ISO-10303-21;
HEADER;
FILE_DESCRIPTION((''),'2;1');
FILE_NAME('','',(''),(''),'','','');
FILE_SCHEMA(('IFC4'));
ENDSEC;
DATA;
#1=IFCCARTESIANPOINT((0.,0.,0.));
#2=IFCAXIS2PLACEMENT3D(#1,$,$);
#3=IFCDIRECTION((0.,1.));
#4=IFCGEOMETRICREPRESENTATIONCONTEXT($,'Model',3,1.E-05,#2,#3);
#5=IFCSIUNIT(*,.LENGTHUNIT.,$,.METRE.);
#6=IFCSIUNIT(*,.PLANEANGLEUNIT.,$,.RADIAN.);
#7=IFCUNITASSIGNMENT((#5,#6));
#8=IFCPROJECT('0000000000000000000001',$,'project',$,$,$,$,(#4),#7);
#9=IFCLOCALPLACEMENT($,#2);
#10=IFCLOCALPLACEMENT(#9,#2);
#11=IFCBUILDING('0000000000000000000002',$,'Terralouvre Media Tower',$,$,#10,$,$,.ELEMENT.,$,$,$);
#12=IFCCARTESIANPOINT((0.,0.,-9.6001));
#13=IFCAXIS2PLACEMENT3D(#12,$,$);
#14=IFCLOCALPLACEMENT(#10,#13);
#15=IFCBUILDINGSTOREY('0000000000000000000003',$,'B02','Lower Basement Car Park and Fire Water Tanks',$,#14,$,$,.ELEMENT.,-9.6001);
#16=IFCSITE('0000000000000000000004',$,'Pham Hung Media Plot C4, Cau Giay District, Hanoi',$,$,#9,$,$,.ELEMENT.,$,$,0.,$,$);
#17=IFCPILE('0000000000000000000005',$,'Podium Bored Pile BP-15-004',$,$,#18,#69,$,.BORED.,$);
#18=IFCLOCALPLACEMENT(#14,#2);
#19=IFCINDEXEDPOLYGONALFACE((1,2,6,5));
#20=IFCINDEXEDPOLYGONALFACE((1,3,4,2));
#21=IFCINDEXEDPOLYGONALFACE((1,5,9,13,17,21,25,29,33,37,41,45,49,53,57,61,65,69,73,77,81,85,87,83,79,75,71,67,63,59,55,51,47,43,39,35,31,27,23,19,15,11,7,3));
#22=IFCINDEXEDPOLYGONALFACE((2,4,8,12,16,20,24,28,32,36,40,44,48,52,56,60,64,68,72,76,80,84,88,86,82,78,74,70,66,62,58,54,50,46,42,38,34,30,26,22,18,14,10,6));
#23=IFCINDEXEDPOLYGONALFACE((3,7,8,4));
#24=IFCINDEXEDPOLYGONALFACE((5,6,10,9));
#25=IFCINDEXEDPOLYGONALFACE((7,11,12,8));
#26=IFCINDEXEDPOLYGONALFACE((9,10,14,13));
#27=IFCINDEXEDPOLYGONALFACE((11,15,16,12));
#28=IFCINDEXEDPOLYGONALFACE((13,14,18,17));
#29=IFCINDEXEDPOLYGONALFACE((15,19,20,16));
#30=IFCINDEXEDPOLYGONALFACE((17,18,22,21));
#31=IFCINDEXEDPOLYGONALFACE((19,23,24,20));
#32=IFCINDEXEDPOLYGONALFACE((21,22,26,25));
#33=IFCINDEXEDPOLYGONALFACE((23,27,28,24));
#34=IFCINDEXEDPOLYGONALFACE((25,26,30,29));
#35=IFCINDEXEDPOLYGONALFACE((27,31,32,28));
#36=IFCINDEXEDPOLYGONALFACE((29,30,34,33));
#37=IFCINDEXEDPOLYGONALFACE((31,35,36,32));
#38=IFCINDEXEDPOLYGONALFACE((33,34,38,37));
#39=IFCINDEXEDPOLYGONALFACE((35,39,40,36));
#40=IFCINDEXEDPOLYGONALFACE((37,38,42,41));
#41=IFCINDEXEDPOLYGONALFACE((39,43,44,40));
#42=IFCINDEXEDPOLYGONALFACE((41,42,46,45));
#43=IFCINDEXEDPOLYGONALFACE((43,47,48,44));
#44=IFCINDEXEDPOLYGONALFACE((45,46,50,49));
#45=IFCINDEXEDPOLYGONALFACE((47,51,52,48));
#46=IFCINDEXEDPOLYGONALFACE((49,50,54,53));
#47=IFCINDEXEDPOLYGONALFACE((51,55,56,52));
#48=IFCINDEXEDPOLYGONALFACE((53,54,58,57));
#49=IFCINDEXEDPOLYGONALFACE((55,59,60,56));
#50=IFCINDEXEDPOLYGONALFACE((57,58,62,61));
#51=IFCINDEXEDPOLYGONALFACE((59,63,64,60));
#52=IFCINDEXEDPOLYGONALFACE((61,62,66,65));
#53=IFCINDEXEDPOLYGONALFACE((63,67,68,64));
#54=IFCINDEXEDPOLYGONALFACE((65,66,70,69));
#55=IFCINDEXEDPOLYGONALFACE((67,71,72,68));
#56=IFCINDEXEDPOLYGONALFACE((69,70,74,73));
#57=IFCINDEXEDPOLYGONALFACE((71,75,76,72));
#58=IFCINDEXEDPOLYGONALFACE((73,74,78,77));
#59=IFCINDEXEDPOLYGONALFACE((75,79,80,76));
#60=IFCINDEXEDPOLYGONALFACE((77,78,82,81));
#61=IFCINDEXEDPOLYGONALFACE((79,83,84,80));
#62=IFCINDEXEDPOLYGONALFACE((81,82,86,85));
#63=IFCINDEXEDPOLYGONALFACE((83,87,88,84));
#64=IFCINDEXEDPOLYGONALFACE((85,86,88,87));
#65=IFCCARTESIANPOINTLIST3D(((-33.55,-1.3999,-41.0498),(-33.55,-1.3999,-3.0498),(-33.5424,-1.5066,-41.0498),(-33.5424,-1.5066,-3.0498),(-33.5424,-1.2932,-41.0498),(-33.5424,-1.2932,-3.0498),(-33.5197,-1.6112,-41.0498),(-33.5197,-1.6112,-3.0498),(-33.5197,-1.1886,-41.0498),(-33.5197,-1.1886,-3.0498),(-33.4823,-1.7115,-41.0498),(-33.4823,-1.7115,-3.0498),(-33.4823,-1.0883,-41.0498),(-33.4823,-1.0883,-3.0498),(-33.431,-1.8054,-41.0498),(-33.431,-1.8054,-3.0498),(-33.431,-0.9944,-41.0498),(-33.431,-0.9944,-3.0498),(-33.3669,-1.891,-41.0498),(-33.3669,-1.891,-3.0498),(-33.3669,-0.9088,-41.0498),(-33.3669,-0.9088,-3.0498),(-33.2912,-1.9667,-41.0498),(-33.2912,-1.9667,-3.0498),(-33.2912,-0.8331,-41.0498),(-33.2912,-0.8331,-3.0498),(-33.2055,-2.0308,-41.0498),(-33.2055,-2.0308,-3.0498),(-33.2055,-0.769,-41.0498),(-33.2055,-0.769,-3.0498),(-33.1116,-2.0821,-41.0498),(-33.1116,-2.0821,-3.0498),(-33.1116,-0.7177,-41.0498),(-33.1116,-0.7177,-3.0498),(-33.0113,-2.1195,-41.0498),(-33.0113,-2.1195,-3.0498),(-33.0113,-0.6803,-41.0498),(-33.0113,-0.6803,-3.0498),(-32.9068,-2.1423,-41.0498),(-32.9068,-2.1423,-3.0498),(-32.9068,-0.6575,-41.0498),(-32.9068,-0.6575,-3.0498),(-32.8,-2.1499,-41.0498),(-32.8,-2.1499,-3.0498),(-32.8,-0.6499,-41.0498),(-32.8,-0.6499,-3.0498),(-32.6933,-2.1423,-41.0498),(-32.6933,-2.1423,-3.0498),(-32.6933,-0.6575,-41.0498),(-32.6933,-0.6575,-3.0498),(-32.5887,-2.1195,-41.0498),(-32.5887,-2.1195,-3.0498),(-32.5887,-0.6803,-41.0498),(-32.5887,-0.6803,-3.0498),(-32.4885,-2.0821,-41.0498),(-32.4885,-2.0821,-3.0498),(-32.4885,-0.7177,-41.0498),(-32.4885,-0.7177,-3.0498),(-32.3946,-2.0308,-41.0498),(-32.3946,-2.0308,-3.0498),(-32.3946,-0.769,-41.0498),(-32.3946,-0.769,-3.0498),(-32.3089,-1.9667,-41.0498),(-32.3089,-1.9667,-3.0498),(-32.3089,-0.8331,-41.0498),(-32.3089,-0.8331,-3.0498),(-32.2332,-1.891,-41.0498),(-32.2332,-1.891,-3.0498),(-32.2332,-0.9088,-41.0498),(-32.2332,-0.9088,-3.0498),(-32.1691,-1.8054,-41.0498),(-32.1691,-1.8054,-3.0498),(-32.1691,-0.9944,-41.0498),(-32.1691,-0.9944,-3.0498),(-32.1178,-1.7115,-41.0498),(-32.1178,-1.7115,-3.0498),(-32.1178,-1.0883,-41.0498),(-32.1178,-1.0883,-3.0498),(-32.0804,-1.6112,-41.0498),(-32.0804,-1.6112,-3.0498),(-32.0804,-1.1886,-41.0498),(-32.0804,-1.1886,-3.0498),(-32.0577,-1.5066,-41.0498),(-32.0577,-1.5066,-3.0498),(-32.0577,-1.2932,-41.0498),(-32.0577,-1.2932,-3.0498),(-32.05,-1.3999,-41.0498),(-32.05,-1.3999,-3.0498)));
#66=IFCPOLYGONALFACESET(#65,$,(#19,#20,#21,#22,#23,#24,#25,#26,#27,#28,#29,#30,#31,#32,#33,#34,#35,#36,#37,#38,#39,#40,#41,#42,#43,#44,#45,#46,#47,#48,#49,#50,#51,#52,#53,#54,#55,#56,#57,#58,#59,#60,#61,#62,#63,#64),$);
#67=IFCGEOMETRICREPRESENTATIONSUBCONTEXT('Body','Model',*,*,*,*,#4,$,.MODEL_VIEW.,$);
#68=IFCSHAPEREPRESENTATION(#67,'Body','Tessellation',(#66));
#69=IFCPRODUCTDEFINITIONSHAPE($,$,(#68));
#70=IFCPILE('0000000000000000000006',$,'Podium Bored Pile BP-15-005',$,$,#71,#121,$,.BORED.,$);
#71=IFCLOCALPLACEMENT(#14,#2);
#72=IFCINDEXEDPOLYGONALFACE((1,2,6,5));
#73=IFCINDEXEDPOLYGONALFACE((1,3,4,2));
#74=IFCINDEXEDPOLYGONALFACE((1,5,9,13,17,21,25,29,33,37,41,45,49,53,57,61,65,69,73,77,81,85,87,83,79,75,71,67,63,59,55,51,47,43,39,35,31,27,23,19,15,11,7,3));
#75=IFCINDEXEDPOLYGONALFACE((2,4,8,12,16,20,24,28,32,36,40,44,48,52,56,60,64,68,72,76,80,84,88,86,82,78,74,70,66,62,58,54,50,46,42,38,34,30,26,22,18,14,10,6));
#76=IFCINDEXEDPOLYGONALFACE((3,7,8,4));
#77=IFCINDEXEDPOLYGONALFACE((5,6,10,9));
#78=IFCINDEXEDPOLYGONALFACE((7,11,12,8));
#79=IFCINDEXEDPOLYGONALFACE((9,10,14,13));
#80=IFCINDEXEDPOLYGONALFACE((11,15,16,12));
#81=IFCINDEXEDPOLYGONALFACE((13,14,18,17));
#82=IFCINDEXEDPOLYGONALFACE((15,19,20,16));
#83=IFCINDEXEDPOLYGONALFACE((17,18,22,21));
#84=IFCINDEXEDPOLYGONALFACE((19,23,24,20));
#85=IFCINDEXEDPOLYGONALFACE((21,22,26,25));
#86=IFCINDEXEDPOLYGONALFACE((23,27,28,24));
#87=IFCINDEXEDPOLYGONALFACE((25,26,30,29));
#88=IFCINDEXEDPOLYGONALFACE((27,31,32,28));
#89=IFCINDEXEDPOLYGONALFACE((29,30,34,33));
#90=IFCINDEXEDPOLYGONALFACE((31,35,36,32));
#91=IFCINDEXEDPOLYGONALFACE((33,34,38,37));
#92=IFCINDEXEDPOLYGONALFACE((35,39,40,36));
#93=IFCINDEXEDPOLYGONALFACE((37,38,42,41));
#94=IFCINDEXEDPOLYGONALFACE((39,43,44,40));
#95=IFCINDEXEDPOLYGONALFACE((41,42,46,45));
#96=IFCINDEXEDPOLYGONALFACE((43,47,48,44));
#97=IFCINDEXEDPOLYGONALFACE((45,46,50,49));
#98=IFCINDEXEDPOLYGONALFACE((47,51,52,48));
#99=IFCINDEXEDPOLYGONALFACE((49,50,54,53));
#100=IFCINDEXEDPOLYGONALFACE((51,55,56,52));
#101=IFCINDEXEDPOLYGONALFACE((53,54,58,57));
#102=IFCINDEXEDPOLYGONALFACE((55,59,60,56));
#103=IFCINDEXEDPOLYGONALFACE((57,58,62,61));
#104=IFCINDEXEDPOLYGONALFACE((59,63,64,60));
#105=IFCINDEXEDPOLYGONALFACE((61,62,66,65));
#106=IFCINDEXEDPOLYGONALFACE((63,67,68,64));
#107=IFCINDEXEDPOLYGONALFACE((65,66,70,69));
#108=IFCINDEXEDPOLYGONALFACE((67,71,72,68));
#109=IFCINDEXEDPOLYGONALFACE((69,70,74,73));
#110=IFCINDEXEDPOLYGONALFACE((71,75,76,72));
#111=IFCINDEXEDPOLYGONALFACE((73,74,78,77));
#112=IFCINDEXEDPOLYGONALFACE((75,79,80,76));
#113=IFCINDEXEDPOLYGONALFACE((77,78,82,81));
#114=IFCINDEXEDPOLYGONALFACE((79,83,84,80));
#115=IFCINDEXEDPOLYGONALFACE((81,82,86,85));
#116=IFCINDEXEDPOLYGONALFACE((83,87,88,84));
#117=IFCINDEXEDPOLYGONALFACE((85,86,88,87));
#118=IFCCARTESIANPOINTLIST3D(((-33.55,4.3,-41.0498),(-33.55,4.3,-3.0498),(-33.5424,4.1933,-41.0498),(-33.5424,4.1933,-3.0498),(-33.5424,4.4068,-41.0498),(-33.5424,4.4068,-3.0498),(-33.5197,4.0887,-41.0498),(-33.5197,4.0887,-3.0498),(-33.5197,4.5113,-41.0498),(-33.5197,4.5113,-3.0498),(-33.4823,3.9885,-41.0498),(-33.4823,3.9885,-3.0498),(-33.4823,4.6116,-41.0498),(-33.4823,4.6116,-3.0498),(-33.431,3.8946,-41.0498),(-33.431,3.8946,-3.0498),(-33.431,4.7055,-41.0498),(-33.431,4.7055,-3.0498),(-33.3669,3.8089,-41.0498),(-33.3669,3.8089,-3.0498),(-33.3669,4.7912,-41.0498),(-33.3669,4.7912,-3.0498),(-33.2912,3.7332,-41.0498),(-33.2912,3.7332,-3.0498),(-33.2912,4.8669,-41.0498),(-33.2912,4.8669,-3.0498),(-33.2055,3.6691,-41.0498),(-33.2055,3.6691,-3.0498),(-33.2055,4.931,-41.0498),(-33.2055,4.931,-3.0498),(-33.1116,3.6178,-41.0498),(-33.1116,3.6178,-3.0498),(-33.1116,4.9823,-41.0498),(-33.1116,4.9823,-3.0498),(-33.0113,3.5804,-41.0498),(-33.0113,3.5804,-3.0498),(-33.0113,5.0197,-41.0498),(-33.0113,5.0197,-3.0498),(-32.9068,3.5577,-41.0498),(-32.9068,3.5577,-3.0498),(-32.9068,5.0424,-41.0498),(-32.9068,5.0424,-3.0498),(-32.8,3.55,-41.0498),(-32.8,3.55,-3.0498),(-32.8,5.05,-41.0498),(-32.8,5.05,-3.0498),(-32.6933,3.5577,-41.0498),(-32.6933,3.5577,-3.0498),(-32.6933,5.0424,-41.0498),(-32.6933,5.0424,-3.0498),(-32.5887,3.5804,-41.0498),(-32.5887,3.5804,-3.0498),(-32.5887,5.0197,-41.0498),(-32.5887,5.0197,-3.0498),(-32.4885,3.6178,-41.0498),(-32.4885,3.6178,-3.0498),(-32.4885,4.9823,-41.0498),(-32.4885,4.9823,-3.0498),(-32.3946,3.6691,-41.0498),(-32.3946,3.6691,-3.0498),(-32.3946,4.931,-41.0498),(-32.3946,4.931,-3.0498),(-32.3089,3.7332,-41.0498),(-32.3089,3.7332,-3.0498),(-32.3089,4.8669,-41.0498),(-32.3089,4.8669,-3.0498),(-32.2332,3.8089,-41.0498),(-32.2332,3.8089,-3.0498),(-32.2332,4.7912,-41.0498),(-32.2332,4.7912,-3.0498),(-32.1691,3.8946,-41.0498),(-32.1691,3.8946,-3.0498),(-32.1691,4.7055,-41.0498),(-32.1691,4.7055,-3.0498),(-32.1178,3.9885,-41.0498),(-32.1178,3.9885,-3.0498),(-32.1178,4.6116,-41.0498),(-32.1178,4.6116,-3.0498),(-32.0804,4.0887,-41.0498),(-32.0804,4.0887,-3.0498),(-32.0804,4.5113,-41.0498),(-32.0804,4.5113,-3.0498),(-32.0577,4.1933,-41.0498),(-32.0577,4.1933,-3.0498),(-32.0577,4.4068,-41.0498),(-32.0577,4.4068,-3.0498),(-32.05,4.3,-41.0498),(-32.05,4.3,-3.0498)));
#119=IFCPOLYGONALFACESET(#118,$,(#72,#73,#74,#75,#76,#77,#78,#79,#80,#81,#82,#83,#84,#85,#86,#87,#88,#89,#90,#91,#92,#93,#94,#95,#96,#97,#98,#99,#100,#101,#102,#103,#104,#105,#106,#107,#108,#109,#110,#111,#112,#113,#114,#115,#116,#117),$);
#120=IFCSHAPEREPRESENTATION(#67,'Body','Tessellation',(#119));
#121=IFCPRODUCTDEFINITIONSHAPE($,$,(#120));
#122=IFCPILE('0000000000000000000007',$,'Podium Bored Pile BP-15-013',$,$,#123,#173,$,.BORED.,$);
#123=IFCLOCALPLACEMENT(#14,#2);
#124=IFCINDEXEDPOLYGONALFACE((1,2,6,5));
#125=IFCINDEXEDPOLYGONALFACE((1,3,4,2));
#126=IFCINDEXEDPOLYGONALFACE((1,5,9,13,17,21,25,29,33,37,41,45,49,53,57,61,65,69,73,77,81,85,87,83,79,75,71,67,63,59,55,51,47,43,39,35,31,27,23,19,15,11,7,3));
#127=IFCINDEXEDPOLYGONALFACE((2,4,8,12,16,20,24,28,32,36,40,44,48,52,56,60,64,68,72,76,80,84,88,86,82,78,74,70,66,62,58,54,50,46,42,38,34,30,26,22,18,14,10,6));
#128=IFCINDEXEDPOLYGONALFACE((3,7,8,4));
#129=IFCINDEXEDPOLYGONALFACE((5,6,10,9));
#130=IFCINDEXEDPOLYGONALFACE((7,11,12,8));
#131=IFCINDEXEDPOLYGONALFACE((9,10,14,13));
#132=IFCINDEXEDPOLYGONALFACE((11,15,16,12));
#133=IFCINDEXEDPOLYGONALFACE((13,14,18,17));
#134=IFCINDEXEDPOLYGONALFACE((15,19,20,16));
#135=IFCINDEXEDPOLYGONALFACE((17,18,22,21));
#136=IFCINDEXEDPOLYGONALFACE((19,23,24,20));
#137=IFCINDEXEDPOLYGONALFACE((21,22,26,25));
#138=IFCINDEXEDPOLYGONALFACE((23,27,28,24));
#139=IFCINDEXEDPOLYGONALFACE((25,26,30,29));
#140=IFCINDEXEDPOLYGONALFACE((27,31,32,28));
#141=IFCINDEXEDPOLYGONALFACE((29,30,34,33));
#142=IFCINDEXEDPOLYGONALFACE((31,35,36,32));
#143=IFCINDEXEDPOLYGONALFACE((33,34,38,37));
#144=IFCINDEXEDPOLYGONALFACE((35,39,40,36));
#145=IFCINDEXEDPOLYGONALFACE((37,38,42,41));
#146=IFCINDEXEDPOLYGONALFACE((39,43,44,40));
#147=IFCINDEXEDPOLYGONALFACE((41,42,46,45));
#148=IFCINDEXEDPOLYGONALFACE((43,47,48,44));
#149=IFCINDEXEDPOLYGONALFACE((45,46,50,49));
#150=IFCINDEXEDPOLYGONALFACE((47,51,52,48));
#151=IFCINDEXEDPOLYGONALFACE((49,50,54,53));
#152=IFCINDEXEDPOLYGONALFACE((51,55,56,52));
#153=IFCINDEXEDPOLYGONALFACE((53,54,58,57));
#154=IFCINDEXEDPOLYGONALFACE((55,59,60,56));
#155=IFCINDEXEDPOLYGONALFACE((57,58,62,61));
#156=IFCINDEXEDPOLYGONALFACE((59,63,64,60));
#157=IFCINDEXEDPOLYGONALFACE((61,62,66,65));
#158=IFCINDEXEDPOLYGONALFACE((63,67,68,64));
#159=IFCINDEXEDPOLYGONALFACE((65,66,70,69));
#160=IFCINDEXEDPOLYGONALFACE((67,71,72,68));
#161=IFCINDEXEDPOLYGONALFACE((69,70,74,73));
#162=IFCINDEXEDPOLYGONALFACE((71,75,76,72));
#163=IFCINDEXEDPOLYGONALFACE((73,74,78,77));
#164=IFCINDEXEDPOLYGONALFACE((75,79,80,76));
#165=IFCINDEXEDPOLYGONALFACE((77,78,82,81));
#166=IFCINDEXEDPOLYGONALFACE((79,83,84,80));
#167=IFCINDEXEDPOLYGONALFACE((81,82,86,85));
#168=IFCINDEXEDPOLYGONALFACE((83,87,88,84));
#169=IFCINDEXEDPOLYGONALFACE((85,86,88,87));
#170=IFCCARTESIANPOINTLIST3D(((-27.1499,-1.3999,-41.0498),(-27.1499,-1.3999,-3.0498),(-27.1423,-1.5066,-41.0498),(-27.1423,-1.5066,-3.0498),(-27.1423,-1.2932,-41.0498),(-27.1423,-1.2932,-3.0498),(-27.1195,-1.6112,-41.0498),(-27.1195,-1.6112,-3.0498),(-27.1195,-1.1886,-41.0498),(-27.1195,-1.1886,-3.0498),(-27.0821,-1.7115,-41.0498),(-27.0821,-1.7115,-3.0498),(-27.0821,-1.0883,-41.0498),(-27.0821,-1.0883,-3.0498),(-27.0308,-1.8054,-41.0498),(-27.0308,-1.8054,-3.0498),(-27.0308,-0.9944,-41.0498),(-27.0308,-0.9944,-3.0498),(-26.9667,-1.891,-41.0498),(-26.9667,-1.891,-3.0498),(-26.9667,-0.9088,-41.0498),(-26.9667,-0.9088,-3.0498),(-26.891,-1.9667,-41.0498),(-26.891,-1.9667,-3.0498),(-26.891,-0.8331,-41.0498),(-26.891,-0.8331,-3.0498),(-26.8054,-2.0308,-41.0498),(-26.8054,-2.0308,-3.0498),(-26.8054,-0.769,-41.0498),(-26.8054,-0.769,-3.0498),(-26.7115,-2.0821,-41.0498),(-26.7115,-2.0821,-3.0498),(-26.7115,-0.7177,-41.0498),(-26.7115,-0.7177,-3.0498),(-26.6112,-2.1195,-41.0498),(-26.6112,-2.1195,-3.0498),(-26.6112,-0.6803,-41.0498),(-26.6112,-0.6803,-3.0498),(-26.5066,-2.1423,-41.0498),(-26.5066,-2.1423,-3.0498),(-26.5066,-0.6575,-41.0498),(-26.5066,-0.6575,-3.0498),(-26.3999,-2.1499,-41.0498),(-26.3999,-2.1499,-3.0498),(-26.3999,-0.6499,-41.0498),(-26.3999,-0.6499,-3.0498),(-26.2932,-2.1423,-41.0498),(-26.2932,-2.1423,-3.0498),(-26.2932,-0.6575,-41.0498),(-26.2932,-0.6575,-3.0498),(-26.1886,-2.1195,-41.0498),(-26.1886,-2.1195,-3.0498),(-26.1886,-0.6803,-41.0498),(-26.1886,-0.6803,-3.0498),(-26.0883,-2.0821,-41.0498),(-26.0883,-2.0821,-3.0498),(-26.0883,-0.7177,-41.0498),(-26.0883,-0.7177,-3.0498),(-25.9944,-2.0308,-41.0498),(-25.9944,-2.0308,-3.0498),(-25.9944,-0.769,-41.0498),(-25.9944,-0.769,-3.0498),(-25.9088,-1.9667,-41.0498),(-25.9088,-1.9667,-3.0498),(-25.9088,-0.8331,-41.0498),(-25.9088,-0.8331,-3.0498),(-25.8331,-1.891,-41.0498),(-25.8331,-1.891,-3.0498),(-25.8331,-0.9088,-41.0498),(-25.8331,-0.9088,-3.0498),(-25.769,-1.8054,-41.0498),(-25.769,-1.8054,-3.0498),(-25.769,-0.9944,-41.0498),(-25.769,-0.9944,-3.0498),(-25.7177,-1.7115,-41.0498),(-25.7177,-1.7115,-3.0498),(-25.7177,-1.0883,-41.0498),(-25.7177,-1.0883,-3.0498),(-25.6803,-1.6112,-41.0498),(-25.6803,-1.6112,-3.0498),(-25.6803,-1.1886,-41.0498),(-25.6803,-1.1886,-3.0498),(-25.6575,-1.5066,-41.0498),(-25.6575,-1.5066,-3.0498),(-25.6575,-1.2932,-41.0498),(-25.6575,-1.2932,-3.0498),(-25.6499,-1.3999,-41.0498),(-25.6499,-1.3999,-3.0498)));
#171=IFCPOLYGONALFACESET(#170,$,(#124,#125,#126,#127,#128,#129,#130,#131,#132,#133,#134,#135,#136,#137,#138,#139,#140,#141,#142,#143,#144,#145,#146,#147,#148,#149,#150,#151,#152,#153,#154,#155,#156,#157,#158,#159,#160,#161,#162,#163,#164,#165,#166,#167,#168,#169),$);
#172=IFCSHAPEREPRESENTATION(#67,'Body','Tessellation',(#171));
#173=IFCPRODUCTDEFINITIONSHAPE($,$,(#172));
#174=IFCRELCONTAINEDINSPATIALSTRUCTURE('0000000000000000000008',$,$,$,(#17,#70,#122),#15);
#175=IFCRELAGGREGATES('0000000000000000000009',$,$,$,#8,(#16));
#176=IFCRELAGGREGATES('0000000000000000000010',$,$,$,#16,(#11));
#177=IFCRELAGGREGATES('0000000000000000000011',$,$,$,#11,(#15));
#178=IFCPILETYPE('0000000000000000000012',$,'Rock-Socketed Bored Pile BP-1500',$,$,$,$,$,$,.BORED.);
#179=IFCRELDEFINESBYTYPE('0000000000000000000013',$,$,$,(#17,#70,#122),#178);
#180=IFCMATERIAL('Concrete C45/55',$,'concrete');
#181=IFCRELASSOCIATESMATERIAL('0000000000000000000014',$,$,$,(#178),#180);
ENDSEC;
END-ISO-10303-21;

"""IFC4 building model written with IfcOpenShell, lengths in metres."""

from ifc_helpers import new_model, si_unit, direction, frame, origin, origin_2d, place, context, subcontext, project, spatial, circle, extrude, material, material_profile, profile_set, type_object, element, save


model = new_model("IFC4")

# Units and contexts
model_context = context("Model", 3, precision=1e-05, world=origin(), true_north=direction((0.0, 1.0)))
body_context = subcontext(model_context, "Body", "Model", "MODEL_VIEW")
ifc_project = project(units=[si_unit("LENGTHUNIT", "METRE"), si_unit("PLANEANGLEUNIT", "RADIAN")], contexts=[model_context])

# Site, building, storey
site_placement = place(None, origin())
site = spatial("IfcSite", under=ifc_project, at=site_placement, Name="Pham Hung Media Plot C4, Cau Giay District, Hanoi", CompositionType="ELEMENT", RefElevation=0.0)
building_placement = place(site_placement, origin())
building = spatial("IfcBuilding", under=site, at=building_placement, Name="Terralouvre Media Tower", CompositionType="ELEMENT")
storey_placement = place(building_placement, frame((0.0, 0.0, -9.6001)))
storey = spatial("IfcBuildingStorey", under=building, at=storey_placement, Name="B02", Description="Lower Basement Car Park and Fire Water Tanks", CompositionType="ELEMENT", Elevation=-9.6001)

# Piles
ifc_material_1 = material(Name="Concrete C45/55", Category="concrete")
ifc_material_profile_1 = material_profile(ifc_material_1, circle(Radius=0.75, at=origin_2d()), Name="BORED PILE 1500")
ifc_profile_set_1 = profile_set([ifc_material_profile_1], Name="Concrete C45/55")
pile_type_1 = type_object("IfcPileType", Name="Rock-Socketed Bored Pile BP-1500", PredefinedType="BORED", material=ifc_profile_set_1)
for number, where, z_axis, x_axis, name in (
    (1, (-32.8, -1.3999, -3.0498), (0.0, 0.0, -1.0), (1.0, 0.0, 0.0), "Podium Bored Pile BP-15-004"),
    (2, (-32.8, 4.3, -3.0498), (0.0, 0.0, -1.0), (1.0, 0.0, 0.0), "Podium Bored Pile BP-15-005"),
    (3, (-26.3999, -1.3999, -3.0498), (0.0, 0.0, -1.0), (1.0, 0.0, 0.0), "Podium Bored Pile BP-15-013"),
):
    element("IfcPile", number, at=place(storey_placement, frame(where, z_axis=z_axis, x_axis=x_axis)), inside=storey, type_object=pile_type_1, Name=name, PredefinedType="BORED", context=body_context, shape_type="SweptSolid", body=[
        extrude(circle(Radius=0.75, at=origin_2d()), origin(), (0.0, 0.0, 1.0), 38.0),
    ])

save(model, "model.ifc")
